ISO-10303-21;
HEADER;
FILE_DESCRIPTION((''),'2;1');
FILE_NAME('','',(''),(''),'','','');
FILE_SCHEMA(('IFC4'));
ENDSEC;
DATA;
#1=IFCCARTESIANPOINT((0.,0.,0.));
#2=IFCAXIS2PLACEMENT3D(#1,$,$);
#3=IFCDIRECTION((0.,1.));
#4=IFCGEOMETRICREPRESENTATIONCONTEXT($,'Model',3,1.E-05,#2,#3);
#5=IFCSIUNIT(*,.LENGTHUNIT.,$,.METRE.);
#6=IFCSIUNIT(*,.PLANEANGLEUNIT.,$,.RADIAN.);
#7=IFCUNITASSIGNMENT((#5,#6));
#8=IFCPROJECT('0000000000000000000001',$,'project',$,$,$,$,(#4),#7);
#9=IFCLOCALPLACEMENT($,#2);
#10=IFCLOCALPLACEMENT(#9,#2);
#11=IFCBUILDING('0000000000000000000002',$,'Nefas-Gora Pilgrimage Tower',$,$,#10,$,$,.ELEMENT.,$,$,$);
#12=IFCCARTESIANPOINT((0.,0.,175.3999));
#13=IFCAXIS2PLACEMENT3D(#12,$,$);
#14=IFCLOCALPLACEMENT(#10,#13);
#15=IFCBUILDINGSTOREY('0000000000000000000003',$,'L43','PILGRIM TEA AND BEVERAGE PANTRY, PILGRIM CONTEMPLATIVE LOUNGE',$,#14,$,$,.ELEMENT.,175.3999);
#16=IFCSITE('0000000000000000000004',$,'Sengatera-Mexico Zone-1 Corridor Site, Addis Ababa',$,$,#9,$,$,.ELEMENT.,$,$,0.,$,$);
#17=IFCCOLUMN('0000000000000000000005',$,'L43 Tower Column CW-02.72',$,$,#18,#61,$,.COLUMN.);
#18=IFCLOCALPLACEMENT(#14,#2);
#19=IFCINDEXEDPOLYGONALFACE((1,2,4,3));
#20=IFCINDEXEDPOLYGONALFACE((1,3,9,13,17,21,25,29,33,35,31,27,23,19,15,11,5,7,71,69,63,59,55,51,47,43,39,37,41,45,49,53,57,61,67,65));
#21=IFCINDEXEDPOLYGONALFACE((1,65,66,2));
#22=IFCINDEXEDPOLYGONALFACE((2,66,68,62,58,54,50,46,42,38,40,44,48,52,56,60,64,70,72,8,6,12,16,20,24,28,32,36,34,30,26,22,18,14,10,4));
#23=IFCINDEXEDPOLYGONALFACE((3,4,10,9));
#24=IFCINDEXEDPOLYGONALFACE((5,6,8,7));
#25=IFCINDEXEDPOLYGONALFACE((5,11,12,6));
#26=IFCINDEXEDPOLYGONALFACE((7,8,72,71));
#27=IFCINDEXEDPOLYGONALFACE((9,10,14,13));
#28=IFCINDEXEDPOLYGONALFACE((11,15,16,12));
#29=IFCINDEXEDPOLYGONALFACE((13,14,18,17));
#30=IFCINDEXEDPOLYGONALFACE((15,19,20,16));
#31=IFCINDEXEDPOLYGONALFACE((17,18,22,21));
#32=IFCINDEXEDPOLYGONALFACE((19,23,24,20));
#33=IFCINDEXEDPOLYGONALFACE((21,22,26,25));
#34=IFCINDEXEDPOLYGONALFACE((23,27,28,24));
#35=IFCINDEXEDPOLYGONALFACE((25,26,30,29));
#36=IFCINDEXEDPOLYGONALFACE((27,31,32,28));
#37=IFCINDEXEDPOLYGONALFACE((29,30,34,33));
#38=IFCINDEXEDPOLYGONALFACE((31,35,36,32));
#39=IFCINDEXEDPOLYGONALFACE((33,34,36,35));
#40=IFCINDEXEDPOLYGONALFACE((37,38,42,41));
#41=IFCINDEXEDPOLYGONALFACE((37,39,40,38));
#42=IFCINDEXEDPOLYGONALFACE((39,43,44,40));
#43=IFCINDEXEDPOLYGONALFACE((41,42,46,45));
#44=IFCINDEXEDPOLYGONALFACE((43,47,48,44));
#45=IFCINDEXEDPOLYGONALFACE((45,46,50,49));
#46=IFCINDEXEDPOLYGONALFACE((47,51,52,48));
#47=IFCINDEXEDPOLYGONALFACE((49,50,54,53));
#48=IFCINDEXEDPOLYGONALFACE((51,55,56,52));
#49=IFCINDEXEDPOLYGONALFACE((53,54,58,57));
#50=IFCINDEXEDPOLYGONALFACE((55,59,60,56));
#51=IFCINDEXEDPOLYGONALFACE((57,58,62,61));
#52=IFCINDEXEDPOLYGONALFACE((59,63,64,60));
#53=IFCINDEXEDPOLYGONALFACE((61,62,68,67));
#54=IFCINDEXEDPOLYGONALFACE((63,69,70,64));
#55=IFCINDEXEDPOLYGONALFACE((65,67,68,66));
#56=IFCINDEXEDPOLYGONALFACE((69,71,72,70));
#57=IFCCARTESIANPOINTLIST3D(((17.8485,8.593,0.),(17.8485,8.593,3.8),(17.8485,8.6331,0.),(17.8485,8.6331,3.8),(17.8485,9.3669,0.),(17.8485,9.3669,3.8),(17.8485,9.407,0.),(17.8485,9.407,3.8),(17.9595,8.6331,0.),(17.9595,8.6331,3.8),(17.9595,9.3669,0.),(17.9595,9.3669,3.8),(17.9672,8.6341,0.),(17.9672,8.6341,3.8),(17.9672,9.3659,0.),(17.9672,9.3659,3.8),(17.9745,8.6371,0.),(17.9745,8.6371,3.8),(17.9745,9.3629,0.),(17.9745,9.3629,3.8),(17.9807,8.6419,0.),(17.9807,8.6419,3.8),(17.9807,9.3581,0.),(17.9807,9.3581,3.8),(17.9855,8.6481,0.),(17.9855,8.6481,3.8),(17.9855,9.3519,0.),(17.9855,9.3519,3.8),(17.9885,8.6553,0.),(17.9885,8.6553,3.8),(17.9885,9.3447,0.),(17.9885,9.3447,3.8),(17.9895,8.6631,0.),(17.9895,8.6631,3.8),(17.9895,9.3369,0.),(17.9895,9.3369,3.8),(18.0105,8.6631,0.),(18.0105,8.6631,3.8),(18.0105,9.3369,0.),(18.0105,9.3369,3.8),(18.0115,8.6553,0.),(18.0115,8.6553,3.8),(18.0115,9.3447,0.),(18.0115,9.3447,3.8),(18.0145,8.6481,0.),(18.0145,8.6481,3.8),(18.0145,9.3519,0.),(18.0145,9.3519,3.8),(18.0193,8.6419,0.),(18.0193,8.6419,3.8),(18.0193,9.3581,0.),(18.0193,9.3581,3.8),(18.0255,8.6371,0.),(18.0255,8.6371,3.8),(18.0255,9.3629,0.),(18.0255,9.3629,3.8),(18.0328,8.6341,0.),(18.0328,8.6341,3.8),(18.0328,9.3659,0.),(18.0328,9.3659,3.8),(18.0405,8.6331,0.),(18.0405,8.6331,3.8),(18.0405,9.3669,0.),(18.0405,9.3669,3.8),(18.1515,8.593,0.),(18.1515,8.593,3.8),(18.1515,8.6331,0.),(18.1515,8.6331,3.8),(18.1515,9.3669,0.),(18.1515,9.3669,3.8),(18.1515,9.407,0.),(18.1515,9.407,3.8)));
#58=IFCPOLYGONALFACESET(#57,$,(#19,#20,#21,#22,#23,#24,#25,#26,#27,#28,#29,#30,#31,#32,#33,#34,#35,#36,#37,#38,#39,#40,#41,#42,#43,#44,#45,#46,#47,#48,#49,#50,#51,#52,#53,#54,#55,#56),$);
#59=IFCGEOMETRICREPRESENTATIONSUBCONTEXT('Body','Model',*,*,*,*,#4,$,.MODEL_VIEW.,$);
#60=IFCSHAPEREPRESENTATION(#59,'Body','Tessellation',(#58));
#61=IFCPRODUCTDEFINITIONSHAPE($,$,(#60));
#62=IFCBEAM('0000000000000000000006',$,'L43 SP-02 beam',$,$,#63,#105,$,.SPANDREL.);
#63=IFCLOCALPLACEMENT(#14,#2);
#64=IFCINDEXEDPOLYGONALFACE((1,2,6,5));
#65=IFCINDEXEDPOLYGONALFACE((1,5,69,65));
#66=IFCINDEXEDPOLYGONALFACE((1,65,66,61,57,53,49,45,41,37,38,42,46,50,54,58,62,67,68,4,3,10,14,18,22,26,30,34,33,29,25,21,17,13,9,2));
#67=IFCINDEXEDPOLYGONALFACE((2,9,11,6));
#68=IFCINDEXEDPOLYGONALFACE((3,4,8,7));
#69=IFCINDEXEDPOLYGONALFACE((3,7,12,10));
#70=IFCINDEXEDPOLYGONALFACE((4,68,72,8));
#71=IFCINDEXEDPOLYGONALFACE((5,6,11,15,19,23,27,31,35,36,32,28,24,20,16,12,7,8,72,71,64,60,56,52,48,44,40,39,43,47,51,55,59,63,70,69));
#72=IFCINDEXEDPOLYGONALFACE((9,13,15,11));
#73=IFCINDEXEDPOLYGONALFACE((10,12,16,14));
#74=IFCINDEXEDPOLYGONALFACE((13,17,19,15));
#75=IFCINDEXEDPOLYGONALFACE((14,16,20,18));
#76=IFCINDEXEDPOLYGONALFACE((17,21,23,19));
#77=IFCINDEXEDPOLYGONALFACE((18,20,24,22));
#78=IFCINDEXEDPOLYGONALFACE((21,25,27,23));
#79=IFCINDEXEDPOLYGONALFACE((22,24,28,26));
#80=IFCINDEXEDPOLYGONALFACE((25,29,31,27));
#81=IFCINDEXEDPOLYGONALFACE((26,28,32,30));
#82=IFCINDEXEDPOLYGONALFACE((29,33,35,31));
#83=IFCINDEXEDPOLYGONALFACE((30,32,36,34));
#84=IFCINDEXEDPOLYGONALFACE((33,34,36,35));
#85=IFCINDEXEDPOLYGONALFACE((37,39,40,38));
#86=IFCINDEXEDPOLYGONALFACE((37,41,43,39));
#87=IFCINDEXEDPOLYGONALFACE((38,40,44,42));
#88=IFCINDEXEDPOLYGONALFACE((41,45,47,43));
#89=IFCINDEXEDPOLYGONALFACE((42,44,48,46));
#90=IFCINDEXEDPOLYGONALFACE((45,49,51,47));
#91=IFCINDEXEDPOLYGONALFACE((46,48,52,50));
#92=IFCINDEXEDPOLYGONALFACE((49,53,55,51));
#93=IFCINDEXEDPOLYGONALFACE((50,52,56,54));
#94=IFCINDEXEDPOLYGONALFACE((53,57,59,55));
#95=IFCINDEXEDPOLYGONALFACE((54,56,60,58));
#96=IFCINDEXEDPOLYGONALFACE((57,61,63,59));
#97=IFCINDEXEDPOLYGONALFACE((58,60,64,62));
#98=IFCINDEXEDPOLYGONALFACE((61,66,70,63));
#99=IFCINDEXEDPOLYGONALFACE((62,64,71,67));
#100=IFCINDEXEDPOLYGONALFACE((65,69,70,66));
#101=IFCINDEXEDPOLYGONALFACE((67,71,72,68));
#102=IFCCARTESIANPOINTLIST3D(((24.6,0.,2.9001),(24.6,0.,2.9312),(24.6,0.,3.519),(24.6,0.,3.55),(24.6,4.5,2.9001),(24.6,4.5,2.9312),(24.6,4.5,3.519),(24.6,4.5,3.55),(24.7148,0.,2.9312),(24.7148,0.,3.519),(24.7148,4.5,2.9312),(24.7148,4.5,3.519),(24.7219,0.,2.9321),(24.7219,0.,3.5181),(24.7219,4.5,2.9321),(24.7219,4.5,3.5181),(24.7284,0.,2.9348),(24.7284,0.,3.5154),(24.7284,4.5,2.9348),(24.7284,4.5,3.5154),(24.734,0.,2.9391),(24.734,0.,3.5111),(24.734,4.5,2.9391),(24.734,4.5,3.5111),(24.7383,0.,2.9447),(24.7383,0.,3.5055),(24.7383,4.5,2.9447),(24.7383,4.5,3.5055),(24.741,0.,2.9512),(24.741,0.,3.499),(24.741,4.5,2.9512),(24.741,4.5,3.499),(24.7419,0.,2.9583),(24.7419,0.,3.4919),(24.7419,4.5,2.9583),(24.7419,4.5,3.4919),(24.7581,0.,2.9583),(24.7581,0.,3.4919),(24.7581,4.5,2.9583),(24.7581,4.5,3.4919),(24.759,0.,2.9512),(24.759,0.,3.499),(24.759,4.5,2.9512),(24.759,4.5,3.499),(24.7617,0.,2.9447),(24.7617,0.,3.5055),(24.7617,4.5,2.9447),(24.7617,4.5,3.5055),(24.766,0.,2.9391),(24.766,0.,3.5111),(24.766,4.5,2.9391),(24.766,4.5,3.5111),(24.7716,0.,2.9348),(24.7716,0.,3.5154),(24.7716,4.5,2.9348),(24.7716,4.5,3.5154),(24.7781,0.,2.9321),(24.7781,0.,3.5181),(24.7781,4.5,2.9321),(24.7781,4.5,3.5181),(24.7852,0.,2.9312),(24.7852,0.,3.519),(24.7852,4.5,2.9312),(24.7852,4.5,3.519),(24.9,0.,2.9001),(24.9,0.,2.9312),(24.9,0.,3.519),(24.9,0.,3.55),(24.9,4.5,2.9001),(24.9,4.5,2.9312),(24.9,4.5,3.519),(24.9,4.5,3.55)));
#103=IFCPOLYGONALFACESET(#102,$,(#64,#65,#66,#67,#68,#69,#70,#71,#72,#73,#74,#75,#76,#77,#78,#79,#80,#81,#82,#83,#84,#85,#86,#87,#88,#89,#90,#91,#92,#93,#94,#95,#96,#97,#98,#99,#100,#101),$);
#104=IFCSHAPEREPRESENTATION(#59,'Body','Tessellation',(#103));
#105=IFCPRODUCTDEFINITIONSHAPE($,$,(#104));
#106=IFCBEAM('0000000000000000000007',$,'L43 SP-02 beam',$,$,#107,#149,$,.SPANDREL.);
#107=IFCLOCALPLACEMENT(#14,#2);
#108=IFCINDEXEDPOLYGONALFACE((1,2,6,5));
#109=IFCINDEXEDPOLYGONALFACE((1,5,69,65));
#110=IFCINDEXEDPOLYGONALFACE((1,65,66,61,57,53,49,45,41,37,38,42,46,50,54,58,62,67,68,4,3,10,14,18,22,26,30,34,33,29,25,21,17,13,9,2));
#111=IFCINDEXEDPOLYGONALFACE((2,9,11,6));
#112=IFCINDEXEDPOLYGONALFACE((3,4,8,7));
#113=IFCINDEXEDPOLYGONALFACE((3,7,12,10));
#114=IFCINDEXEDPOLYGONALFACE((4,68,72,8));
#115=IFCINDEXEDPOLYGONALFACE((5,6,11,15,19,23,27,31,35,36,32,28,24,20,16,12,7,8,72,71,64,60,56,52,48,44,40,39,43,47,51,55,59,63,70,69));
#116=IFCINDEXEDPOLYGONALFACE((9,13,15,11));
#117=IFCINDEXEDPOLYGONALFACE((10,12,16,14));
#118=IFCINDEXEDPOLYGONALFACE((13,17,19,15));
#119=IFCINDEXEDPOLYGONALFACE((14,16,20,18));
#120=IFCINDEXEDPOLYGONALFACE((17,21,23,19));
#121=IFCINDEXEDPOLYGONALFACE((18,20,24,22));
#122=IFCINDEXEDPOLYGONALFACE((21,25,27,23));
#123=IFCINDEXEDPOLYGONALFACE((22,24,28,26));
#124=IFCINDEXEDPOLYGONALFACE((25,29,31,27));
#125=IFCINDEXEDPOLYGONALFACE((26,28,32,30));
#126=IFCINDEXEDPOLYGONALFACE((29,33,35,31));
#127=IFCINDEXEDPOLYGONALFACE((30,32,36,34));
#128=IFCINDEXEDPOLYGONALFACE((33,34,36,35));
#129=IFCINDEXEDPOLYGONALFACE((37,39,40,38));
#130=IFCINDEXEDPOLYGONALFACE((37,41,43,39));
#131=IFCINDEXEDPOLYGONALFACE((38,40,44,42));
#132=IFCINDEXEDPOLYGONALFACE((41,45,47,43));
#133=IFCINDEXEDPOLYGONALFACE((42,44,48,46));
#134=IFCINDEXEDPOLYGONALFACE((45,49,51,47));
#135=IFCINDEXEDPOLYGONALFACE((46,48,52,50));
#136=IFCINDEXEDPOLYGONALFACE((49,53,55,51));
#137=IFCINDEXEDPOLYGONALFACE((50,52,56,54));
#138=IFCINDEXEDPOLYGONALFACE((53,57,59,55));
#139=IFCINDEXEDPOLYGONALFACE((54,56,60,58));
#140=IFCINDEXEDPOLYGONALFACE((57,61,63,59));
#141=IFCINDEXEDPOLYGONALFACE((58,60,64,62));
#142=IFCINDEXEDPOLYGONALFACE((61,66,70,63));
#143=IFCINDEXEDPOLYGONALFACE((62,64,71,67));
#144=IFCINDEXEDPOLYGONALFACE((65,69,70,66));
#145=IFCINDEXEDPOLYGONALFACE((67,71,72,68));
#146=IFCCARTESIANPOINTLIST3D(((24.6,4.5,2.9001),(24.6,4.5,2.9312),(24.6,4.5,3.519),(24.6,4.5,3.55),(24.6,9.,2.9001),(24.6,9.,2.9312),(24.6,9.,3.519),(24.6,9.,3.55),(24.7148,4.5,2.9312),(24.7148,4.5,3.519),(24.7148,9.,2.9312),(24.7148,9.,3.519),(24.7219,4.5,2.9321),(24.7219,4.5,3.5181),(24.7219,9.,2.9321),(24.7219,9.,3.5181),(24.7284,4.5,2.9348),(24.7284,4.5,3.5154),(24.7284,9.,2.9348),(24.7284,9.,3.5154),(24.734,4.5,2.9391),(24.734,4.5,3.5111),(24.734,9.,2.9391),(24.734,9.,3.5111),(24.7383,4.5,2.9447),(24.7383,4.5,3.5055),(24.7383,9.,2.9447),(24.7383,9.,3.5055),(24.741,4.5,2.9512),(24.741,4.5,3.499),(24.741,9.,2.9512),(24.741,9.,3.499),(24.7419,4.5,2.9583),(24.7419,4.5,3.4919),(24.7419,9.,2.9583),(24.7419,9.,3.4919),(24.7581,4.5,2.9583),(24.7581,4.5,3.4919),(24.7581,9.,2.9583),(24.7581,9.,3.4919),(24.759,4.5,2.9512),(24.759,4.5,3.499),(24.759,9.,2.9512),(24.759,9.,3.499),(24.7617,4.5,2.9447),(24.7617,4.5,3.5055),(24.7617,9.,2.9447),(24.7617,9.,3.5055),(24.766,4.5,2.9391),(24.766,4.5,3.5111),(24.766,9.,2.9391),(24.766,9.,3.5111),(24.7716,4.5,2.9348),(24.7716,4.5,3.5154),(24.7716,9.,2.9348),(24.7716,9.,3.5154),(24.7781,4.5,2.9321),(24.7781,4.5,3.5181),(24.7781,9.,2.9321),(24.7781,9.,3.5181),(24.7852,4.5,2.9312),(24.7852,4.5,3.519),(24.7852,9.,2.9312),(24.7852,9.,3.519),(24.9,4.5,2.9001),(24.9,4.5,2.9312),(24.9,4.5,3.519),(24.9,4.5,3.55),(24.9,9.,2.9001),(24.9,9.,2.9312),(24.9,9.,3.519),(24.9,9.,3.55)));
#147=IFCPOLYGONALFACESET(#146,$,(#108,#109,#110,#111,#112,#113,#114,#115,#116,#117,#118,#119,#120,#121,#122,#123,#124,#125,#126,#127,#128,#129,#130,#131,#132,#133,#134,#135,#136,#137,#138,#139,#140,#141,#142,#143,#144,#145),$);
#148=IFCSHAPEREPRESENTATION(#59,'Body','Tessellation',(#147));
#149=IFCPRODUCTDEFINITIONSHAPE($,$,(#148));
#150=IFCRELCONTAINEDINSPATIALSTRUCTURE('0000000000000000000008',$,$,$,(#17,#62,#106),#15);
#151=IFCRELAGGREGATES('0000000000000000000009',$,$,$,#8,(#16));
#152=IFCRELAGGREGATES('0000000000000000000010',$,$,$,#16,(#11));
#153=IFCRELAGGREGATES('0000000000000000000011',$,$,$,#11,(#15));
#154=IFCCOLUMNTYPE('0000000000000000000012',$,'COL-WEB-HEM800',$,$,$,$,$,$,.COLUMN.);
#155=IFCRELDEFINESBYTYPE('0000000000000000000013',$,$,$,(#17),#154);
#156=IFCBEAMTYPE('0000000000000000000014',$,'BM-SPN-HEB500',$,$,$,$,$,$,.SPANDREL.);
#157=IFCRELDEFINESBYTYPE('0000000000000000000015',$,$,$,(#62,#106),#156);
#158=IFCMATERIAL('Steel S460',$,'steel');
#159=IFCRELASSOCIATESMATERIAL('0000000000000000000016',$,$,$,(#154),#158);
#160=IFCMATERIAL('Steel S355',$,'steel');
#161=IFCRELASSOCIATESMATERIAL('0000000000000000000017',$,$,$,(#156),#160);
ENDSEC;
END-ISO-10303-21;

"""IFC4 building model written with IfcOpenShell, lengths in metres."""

from ifc_helpers import new_model, si_unit, direction, frame, origin, origin_2d, place, context, subcontext, project, spatial, i_section, extrude, source, transform, mapped, material, material_profile, profile_set, type_object, element, save


model = new_model("IFC4")

# Units and contexts
model_context = context("Model", 3, precision=1e-05, world=origin(), true_north=direction((0.0, 1.0)))
body_context = subcontext(model_context, "Body", "Model", "MODEL_VIEW")
ifc_project = project(units=[si_unit("LENGTHUNIT", "METRE"), si_unit("PLANEANGLEUNIT", "RADIAN")], contexts=[model_context])

# Site, building, storey
site_placement = place(None, origin())
site = spatial("IfcSite", under=ifc_project, at=site_placement, Name="Sengatera-Mexico Zone-1 Corridor Site, Addis Ababa", CompositionType="ELEMENT", RefElevation=0.0)
building_placement = place(site_placement, origin())
building = spatial("IfcBuilding", under=site, at=building_placement, Name="Nefas-Gora Pilgrimage Tower", CompositionType="ELEMENT")
storey_placement = place(building_placement, frame((0.0, 0.0, 175.3999)))
storey = spatial("IfcBuildingStorey", under=building, at=storey_placement, Name="L43", Description="PILGRIM TEA AND BEVERAGE PANTRY, PILGRIM CONTEMPLATIVE LOUNGE", CompositionType="ELEMENT", Elevation=175.3999)

# Column
ifc_material_1 = material(Name="Steel S460", Category="steel")
ifc_material_profile_1 = material_profile(ifc_material_1, i_section(OverallWidth=0.303, OverallDepth=0.814, WebThickness=0.021, FlangeThickness=0.04, FilletRadius=0.03, at=origin_2d()), Name="HEM 800")
ifc_profile_set_1 = profile_set([ifc_material_profile_1], Name="Steel S460")
column_type_1 = type_object("IfcColumnType", Name="COL-WEB-HEM800", PredefinedType="COLUMN", material=ifc_profile_set_1)
shared_shape_1 = source(origin(), body_context, "Body", "SweptSolid", [
    extrude(i_section(OverallWidth=0.303, OverallDepth=0.814, WebThickness=0.021, FlangeThickness=0.04, FilletRadius=0.03, at=origin_2d()), origin(), (0.0, 0.0, 1.0), 3.8),
])
for number, where, z_axis, x_axis, name in (
    (1, (18.0, 9.0, 0.0), (0.0, 0.0, 1.0), (1.0, 0.0, 0.0), "L43 Tower Column CW-02.72"),
):
    element("IfcColumn", number, at=place(storey_placement, frame(where, z_axis=z_axis, x_axis=x_axis)), inside=storey, type_object=column_type_1, Name=name, PredefinedType="COLUMN", context=body_context, shape_type="MappedRepresentation", body=[
        mapped(shared_shape_1, transform((0.0, 0.0, 0.0), x_axis=(1.0, 0.0, 0.0), y_axis=(0.0, 1.0, 0.0), z_axis=(0.0, 0.0, 1.0), scale=1.0)),
    ])

# Beams
ifc_material_2 = material(Name="Steel S355", Category="steel")
ifc_material_profile_2 = material_profile(ifc_material_2, i_section(OverallWidth=0.3, OverallDepth=0.6499, WebThickness=0.0161, FlangeThickness=0.031, FilletRadius=0.0271, at=origin_2d()), Name="HEB 650")
ifc_profile_set_2 = profile_set([ifc_material_profile_2], Name="Steel S355")
beam_type_1 = type_object("IfcBeamType", Name="BM-SPN-HEB500", PredefinedType="SPANDREL", material=ifc_profile_set_2)
shared_shape_2 = source(origin(), body_context, "Body", "SweptSolid", [
    extrude(i_section(OverallWidth=0.3, OverallDepth=0.6499, WebThickness=0.0161, FlangeThickness=0.031, FilletRadius=0.0271, at=origin_2d()), origin(), (0.0, 0.0, 1.0), 4.5),
])
for number, where, z_axis, x_axis, name in (
    (2, (24.75, 0.0, 3.2251), (0.0, 1.0, 0.0), (-1.0, 0.0, 0.0), "L43 SP-02 beam"),
    (3, (24.75, 4.5, 3.2251), (0.0, 1.0, 0.0), (-1.0, 0.0, 0.0), "L43 SP-02 beam"),
):
    element("IfcBeam", number, at=place(storey_placement, frame(where, z_axis=z_axis, x_axis=x_axis)), inside=storey, type_object=beam_type_1, Name=name, PredefinedType="SPANDREL", context=body_context, shape_type="MappedRepresentation", body=[
        mapped(shared_shape_2, transform((0.0, 0.0, 0.0), x_axis=(1.0, 0.0, 0.0), y_axis=(0.0, 1.0, 0.0), z_axis=(0.0, 0.0, 1.0), scale=1.0)),
    ])

save(model, "model.ifc")
